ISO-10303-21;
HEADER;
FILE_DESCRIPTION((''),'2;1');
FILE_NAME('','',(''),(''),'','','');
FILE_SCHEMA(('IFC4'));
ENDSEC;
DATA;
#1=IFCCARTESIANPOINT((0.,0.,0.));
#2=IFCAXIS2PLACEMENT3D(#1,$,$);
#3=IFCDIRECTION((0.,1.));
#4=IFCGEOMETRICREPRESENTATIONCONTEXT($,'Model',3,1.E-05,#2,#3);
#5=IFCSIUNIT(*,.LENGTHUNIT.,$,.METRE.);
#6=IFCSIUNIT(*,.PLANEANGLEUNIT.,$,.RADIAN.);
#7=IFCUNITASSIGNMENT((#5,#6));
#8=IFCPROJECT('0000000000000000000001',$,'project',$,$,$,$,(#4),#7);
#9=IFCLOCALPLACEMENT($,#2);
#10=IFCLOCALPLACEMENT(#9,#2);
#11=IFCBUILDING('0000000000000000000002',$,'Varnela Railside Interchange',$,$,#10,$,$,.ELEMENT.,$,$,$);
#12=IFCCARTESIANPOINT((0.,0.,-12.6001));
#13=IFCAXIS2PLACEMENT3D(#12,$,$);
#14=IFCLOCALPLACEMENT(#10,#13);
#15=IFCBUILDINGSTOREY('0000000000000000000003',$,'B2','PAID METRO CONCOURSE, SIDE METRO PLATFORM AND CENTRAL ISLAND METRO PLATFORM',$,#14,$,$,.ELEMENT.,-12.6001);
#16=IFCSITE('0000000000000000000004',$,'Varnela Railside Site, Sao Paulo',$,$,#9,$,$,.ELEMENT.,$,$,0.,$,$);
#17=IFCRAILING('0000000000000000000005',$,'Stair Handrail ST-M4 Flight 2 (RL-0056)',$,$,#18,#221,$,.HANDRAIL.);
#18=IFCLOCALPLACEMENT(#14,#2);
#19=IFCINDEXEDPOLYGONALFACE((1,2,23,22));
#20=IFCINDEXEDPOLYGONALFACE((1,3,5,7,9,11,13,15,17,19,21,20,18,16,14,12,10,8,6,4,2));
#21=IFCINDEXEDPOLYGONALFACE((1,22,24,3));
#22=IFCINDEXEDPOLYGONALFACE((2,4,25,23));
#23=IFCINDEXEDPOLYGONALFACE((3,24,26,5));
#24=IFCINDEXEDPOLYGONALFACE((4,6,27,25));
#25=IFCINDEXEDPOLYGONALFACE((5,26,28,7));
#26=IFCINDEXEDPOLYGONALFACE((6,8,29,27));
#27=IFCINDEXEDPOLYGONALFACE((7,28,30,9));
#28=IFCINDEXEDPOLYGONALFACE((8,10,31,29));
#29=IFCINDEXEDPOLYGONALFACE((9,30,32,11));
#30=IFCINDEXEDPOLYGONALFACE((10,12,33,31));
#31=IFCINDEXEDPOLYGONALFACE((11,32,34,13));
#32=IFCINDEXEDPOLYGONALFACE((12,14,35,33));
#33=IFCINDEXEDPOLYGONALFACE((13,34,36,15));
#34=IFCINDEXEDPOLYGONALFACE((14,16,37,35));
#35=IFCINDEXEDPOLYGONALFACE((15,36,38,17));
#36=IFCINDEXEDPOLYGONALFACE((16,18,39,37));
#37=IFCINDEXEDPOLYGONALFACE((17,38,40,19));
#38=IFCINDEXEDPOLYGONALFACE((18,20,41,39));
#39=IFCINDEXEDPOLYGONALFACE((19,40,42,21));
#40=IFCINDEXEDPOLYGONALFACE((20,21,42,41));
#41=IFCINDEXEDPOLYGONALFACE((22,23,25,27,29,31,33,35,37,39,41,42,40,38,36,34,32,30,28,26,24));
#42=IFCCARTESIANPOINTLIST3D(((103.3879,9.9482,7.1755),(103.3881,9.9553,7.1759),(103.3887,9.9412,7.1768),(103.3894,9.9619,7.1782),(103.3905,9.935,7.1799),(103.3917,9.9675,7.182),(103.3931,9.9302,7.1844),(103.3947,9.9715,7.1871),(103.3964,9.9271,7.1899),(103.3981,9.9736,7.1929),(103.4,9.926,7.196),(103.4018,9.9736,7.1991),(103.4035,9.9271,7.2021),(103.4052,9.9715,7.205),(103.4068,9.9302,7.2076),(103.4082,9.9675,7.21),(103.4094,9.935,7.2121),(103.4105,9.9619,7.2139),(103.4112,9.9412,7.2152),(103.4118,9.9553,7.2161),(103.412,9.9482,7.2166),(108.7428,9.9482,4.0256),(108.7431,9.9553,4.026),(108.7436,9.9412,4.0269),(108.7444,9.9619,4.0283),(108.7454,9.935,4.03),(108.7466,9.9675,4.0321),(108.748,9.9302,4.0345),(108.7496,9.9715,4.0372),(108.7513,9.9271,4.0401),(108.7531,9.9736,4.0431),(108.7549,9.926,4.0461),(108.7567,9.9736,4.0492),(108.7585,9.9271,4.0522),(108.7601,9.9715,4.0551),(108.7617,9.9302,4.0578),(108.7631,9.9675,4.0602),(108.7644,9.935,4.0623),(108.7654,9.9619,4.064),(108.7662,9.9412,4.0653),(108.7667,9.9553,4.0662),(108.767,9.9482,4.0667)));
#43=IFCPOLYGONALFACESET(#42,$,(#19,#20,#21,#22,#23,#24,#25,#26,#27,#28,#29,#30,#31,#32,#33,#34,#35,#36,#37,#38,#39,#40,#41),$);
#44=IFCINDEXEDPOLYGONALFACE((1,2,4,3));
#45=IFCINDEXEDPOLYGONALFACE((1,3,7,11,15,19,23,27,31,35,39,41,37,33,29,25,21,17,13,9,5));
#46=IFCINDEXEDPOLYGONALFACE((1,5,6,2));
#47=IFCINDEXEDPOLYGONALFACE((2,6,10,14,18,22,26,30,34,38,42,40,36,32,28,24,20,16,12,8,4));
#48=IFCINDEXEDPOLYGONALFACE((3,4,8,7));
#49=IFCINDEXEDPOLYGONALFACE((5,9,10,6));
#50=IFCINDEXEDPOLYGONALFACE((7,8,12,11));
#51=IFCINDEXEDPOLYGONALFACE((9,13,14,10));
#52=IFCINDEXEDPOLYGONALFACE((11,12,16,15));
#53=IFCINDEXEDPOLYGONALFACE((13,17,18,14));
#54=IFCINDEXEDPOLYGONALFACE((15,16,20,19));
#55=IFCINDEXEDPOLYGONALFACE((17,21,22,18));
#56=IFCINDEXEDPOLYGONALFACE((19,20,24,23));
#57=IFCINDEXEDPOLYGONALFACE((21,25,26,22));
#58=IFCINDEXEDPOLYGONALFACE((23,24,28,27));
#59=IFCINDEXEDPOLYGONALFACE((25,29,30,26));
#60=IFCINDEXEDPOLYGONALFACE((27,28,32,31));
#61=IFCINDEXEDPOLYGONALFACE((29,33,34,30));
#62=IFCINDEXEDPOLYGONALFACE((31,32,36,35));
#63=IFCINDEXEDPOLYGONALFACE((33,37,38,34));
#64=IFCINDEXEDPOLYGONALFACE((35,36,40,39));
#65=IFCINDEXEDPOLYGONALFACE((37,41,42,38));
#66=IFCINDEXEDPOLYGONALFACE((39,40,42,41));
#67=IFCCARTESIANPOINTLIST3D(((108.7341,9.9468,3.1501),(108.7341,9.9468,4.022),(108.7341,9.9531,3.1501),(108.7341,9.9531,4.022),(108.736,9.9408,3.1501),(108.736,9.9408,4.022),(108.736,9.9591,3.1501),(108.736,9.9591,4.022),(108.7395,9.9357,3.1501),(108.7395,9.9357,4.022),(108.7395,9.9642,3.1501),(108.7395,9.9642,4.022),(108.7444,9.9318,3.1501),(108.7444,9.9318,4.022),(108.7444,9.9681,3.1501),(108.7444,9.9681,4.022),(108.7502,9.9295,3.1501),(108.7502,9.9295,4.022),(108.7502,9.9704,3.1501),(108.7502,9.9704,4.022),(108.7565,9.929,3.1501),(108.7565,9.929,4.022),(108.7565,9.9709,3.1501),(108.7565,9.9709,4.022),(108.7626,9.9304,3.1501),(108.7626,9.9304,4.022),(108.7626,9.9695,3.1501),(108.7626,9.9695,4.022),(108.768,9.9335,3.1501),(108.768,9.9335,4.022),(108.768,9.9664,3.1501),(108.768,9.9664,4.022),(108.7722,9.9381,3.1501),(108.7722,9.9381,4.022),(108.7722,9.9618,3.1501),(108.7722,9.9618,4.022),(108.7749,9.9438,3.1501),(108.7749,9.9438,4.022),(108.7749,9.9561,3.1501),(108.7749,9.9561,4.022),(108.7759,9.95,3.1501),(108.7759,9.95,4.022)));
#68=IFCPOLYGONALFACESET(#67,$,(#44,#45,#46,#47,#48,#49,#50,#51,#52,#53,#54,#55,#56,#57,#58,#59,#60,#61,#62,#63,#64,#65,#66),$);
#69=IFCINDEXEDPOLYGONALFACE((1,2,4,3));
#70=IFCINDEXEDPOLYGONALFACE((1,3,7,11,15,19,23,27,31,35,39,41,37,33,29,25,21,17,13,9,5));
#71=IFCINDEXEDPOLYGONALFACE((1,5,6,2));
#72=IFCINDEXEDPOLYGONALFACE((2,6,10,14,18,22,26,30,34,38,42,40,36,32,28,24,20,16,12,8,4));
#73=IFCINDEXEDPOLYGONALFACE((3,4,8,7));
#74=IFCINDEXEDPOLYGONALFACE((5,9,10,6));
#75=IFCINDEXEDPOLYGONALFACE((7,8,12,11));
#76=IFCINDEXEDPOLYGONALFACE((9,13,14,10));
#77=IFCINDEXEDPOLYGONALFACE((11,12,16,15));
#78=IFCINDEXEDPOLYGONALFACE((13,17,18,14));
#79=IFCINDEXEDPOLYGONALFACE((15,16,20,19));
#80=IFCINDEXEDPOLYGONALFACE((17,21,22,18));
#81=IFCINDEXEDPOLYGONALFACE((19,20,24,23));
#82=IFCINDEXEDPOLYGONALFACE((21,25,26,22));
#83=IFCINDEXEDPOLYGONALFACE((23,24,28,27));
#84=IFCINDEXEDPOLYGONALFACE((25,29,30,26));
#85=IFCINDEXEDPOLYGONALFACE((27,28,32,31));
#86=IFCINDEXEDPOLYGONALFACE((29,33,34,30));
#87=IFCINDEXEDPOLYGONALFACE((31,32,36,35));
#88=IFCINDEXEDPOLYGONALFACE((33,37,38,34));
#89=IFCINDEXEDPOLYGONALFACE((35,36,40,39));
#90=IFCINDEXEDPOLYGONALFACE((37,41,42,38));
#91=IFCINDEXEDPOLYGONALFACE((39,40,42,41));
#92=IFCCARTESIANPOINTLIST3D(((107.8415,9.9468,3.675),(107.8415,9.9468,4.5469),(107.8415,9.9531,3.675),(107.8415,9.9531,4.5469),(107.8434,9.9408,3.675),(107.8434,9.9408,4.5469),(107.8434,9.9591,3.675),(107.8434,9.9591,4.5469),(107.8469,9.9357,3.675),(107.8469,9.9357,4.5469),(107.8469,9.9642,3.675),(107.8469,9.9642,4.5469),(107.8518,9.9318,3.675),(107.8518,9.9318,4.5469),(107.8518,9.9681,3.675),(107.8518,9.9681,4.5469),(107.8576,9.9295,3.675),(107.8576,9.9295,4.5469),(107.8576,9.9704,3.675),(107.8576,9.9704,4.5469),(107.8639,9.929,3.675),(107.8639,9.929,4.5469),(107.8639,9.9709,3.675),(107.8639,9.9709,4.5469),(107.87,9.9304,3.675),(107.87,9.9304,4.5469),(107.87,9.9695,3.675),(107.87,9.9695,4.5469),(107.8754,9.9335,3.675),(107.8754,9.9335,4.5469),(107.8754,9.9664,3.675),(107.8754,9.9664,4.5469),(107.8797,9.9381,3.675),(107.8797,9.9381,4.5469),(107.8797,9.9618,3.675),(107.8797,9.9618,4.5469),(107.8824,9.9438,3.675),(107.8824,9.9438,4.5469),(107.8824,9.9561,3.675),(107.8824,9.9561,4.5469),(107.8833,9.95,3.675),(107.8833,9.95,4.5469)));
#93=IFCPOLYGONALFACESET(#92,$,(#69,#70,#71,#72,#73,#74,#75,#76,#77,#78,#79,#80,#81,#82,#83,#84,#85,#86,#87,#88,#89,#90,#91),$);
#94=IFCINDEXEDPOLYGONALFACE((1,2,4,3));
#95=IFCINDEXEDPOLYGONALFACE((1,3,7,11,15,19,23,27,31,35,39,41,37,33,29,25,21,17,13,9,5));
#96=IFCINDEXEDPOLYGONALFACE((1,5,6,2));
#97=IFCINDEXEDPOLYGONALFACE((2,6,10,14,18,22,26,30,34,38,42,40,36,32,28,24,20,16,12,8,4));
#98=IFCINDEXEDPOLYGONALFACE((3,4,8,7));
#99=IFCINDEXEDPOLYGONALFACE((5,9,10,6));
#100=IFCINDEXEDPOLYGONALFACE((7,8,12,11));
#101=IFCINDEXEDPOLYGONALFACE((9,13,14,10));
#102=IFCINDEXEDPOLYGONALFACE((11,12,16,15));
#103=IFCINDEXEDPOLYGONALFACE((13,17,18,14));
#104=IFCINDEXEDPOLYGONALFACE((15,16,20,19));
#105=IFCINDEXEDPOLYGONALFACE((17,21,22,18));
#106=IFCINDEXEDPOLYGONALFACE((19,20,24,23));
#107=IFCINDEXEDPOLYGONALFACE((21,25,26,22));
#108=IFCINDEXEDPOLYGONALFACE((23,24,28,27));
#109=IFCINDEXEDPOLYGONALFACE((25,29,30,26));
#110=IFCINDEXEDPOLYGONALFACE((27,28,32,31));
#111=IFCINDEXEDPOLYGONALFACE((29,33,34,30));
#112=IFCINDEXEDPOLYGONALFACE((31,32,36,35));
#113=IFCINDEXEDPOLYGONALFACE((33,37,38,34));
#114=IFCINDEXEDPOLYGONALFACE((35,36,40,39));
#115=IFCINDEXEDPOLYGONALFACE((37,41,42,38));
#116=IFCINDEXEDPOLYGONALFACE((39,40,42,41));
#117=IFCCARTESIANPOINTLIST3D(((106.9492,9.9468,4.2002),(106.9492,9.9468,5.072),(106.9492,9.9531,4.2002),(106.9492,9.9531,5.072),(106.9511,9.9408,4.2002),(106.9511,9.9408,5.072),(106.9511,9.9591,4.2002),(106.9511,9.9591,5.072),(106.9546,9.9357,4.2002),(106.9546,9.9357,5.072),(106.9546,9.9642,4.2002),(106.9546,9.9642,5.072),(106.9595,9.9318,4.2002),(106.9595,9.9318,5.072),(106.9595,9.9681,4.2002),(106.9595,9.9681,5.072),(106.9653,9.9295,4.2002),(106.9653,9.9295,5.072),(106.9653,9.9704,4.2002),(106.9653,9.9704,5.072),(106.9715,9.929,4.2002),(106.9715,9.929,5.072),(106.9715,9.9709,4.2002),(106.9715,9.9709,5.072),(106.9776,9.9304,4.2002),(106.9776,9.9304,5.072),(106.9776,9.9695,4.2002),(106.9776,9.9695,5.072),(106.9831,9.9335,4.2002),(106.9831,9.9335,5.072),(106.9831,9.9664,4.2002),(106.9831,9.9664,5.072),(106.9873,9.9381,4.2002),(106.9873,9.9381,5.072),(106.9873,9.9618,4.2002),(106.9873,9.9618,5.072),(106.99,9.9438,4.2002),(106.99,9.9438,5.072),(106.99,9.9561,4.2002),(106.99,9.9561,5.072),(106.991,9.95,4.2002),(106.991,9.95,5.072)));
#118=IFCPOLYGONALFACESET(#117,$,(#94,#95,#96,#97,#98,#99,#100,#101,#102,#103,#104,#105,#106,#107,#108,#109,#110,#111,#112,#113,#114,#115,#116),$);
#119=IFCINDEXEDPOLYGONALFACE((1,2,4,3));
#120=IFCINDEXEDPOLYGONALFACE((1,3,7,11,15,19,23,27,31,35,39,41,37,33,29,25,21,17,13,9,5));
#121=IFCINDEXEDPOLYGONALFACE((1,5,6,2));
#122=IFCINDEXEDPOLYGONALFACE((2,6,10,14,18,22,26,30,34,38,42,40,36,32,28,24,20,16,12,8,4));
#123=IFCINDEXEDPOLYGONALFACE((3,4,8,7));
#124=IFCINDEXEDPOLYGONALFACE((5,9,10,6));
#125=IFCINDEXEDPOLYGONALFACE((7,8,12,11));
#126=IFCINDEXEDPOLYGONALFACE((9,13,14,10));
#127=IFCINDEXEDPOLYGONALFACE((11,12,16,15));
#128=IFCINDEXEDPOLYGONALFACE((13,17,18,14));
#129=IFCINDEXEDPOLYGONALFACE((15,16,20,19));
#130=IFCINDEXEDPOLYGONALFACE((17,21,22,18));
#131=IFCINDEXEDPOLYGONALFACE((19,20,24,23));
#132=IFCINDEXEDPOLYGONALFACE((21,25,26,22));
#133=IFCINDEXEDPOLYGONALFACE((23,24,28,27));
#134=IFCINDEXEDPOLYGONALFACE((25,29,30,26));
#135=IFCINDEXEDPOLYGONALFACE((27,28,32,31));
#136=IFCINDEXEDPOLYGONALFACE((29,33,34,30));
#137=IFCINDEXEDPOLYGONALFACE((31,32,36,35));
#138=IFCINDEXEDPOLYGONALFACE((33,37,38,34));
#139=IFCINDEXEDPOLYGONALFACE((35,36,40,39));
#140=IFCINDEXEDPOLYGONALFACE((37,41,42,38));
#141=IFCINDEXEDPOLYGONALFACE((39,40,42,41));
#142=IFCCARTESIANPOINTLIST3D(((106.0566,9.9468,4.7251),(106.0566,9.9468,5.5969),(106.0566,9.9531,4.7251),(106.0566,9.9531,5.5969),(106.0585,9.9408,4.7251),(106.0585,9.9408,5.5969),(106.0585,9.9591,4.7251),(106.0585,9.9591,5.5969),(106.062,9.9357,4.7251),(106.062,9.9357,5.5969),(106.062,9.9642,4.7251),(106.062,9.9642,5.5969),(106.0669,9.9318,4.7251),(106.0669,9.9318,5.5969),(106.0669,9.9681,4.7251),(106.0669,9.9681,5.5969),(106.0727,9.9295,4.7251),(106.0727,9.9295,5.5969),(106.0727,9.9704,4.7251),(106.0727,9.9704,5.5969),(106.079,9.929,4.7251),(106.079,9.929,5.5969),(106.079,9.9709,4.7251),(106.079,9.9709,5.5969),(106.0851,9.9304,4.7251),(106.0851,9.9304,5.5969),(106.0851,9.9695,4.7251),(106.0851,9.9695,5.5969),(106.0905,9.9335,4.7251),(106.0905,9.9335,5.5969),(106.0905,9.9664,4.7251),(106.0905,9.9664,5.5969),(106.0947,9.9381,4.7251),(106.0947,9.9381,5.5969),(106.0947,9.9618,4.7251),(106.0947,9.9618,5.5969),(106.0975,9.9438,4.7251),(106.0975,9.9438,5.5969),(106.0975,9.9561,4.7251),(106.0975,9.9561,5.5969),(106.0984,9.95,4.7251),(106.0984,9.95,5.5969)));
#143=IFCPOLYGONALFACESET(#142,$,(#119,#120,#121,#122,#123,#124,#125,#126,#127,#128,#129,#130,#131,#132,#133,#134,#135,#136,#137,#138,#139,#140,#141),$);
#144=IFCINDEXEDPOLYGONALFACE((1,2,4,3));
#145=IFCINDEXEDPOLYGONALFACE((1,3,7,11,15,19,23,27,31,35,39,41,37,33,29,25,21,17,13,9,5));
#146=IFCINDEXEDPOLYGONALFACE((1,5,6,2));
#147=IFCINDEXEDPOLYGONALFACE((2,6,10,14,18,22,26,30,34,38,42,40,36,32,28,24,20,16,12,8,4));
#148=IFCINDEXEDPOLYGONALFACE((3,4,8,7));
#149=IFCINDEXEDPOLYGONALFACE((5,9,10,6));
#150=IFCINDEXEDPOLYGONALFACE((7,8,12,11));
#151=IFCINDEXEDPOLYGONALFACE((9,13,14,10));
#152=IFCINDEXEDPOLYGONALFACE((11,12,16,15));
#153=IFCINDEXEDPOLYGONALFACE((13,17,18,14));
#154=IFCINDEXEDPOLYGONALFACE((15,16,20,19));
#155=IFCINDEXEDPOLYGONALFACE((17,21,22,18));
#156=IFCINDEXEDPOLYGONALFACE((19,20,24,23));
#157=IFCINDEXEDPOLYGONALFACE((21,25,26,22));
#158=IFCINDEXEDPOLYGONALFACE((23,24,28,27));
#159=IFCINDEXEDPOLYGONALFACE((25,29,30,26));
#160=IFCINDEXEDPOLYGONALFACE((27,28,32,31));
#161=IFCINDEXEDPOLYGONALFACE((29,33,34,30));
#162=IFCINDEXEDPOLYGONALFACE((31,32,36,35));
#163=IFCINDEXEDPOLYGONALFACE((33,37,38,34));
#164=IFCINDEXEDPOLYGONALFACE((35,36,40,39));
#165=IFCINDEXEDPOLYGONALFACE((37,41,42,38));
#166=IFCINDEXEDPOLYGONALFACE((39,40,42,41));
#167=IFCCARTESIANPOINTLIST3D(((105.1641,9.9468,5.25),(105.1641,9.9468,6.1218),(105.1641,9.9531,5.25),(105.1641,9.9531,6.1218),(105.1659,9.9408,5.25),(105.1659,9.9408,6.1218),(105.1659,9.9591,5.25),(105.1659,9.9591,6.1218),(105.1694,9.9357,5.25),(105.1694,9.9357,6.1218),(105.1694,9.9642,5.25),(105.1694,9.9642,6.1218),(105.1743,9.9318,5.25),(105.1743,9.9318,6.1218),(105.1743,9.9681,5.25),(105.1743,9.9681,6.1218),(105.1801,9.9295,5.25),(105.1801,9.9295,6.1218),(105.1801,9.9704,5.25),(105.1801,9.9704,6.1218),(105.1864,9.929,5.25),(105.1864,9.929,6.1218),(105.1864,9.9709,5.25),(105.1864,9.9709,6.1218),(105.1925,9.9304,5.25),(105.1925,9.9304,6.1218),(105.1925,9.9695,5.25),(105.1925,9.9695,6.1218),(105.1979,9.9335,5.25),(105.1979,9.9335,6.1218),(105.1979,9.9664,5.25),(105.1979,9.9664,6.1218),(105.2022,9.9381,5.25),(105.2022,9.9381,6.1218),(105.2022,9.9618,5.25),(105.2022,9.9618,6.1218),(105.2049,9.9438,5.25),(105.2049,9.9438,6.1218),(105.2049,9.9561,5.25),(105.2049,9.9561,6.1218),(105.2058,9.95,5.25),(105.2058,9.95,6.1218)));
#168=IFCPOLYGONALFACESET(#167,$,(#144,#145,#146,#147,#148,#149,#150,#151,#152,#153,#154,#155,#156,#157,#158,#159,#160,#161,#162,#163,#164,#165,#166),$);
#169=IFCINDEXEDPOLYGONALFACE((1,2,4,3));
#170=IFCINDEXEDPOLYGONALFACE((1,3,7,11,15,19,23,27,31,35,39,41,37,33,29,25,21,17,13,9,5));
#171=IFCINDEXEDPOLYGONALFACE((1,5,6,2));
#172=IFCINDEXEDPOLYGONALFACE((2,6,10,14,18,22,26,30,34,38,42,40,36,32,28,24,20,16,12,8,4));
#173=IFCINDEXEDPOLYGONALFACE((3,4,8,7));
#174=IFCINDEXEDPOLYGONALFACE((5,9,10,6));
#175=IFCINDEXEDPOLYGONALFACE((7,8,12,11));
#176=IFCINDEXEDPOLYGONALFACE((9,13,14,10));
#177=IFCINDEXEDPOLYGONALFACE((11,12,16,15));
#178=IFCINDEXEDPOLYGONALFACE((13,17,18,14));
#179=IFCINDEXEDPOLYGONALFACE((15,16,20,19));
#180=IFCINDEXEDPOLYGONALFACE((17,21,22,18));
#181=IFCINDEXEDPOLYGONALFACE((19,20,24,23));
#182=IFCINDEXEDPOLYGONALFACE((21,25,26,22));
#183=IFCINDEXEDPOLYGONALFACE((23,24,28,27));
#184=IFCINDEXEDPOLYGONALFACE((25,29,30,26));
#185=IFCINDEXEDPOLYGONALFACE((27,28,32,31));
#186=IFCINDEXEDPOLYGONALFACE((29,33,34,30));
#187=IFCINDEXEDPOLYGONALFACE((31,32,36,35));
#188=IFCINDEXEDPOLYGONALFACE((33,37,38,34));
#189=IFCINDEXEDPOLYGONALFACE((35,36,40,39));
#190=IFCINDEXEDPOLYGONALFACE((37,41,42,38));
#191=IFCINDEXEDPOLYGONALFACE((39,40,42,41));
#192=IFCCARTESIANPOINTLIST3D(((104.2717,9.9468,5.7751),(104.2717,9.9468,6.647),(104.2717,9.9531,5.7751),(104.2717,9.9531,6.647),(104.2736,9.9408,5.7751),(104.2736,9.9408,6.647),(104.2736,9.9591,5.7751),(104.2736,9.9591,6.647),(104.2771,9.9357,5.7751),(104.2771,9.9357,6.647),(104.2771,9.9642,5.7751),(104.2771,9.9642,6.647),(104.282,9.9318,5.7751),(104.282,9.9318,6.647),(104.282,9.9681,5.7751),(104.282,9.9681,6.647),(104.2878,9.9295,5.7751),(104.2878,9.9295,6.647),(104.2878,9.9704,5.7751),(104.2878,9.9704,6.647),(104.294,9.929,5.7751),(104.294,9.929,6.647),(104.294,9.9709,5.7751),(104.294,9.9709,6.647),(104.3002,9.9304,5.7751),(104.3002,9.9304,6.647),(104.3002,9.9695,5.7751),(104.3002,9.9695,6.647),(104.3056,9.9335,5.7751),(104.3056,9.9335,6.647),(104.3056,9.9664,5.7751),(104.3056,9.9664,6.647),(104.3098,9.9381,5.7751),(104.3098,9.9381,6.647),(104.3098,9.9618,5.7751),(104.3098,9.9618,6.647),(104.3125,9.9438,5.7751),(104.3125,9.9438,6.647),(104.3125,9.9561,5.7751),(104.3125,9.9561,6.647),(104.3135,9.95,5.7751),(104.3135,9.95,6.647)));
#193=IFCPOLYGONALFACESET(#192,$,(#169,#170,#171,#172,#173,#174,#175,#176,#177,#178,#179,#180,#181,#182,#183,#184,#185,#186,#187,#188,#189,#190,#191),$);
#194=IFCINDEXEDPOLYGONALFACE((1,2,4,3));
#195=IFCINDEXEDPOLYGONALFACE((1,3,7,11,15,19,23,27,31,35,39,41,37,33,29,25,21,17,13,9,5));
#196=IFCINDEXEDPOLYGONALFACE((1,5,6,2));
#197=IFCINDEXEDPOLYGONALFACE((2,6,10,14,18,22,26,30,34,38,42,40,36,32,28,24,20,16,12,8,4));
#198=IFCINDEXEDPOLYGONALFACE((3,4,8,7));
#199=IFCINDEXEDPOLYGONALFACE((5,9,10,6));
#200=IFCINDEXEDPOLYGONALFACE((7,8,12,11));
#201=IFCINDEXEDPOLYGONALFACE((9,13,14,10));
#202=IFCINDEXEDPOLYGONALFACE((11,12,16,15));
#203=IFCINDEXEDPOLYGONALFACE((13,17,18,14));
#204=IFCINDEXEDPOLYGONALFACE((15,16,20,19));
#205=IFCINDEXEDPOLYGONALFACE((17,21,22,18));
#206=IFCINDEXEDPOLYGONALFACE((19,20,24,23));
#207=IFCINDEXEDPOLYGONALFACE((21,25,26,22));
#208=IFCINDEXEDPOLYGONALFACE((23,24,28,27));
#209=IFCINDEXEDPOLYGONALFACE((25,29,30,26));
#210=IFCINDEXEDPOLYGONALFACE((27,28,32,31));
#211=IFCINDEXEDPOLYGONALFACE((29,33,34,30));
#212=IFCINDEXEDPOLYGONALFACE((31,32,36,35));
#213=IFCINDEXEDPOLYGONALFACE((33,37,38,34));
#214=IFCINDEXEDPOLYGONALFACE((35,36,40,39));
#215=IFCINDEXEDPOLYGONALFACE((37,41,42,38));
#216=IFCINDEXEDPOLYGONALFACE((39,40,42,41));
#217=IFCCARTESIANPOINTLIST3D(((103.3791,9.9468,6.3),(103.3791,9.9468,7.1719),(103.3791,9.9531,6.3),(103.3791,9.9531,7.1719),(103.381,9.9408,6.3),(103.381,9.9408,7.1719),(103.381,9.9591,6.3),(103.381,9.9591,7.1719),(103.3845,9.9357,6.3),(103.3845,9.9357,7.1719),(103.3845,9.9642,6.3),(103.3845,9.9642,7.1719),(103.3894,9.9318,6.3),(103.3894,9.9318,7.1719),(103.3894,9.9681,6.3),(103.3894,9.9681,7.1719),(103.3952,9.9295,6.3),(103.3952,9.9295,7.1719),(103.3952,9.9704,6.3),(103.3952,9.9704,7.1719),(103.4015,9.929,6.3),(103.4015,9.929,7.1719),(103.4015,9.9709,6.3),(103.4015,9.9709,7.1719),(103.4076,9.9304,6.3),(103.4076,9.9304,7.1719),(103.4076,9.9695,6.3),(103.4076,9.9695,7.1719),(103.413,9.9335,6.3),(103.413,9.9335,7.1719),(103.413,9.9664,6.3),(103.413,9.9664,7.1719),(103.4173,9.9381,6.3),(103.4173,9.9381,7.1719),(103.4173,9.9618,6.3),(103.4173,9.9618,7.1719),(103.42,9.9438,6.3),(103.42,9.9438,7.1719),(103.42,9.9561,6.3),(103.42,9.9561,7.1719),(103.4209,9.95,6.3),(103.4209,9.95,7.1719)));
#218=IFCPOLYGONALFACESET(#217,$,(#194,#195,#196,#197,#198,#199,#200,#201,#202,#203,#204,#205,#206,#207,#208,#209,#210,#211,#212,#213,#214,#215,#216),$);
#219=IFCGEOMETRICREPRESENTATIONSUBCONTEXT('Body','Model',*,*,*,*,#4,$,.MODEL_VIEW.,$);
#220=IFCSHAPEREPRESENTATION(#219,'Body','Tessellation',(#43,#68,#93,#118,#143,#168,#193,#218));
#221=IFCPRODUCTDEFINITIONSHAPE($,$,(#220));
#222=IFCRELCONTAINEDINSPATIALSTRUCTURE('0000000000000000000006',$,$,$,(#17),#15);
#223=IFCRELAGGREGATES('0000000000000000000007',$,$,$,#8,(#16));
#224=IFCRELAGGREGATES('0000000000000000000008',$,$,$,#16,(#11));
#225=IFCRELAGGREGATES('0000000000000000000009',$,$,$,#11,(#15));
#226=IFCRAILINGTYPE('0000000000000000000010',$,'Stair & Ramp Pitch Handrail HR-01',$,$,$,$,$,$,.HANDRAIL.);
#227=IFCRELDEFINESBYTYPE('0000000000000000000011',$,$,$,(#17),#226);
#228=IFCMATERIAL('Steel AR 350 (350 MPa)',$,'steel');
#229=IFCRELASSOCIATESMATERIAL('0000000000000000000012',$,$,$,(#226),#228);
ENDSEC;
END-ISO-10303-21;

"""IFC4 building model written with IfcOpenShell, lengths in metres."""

from ifc_helpers import new_model, si_unit, direction, frame, origin, origin_2d, place, context, subcontext, project, spatial, circle, extrude, material, type_object, element, save


model = new_model("IFC4")

# Units and contexts
model_context = context("Model", 3, precision=1e-05, world=origin(), true_north=direction((0.0, 1.0)))
body_context = subcontext(model_context, "Body", "Model", "MODEL_VIEW")
ifc_project = project(units=[si_unit("LENGTHUNIT", "METRE"), si_unit("PLANEANGLEUNIT", "RADIAN")], contexts=[model_context])

# Site, building, storey
site_placement = place(None, origin())
site = spatial("IfcSite", under=ifc_project, at=site_placement, Name="Varnela Railside Site, Sao Paulo", CompositionType="ELEMENT", RefElevation=0.0)
building_placement = place(site_placement, origin())
building = spatial("IfcBuilding", under=site, at=building_placement, Name="Varnela Railside Interchange", CompositionType="ELEMENT")
storey_placement = place(building_placement, frame((0.0, 0.0, -12.6001)))
storey = spatial("IfcBuildingStorey", under=building, at=storey_placement, Name="B2", Description="PAID METRO CONCOURSE, SIDE METRO PLATFORM AND CENTRAL ISLAND METRO PLATFORM", CompositionType="ELEMENT", Elevation=-12.6001)

# Railing
ifc_material_1 = material(Name="Steel AR 350 (350 MPa)", Category="steel")
railing_type_1 = type_object("IfcRailingType", Name="Stair & Ramp Pitch Handrail HR-01", PredefinedType="HANDRAIL", material=ifc_material_1)
railing_1_placement = place(storey_placement, frame((108.7549, 9.95, 3.1501)))
element("IfcRailing", 1, at=railing_1_placement, inside=storey, type_object=railing_type_1, Name="Stair Handrail ST-M4 Flight 2 (RL-0056)", PredefinedType="HANDRAIL", context=body_context, shape_type="SweptSolid", body=[
    extrude(circle(Radius=0.0239, at=origin_2d()), frame((0.0, 0.0, 0.896), z_axis=(-0.86194, 0.0, 0.50701), x_axis=(0.0, -1.0, 0.0)), (0.0, 0.0, 1.0), 6.2126),
    extrude(circle(Radius=0.021, at=origin_2d()), origin(), (0.0, 0.0, 1.0), 0.8718),
    extrude(circle(Radius=0.021, at=origin_2d()), frame((-0.8926, 0.0, 0.5249)), (0.0, 0.0, 1.0), 0.8718),
    extrude(circle(Radius=0.021, at=origin_2d()), frame((-1.7849, 0.0, 1.05)), (0.0, 0.0, 1.0), 0.8718),
    extrude(circle(Radius=0.021, at=origin_2d()), frame((-2.6775, 0.0, 1.575)), (0.0, 0.0, 1.0), 0.8718),
    extrude(circle(Radius=0.021, at=origin_2d()), frame((-3.5701, 0.0, 2.0999)), (0.0, 0.0, 1.0), 0.8718),
    extrude(circle(Radius=0.021, at=origin_2d()), frame((-4.4624, 0.0, 2.625)), (0.0, 0.0, 1.0), 0.8718),
    extrude(circle(Radius=0.021, at=origin_2d()), frame((-5.355, 0.0, 3.1499)), (0.0, 0.0, 1.0), 0.8718),
])

save(model, "model.ifc")
